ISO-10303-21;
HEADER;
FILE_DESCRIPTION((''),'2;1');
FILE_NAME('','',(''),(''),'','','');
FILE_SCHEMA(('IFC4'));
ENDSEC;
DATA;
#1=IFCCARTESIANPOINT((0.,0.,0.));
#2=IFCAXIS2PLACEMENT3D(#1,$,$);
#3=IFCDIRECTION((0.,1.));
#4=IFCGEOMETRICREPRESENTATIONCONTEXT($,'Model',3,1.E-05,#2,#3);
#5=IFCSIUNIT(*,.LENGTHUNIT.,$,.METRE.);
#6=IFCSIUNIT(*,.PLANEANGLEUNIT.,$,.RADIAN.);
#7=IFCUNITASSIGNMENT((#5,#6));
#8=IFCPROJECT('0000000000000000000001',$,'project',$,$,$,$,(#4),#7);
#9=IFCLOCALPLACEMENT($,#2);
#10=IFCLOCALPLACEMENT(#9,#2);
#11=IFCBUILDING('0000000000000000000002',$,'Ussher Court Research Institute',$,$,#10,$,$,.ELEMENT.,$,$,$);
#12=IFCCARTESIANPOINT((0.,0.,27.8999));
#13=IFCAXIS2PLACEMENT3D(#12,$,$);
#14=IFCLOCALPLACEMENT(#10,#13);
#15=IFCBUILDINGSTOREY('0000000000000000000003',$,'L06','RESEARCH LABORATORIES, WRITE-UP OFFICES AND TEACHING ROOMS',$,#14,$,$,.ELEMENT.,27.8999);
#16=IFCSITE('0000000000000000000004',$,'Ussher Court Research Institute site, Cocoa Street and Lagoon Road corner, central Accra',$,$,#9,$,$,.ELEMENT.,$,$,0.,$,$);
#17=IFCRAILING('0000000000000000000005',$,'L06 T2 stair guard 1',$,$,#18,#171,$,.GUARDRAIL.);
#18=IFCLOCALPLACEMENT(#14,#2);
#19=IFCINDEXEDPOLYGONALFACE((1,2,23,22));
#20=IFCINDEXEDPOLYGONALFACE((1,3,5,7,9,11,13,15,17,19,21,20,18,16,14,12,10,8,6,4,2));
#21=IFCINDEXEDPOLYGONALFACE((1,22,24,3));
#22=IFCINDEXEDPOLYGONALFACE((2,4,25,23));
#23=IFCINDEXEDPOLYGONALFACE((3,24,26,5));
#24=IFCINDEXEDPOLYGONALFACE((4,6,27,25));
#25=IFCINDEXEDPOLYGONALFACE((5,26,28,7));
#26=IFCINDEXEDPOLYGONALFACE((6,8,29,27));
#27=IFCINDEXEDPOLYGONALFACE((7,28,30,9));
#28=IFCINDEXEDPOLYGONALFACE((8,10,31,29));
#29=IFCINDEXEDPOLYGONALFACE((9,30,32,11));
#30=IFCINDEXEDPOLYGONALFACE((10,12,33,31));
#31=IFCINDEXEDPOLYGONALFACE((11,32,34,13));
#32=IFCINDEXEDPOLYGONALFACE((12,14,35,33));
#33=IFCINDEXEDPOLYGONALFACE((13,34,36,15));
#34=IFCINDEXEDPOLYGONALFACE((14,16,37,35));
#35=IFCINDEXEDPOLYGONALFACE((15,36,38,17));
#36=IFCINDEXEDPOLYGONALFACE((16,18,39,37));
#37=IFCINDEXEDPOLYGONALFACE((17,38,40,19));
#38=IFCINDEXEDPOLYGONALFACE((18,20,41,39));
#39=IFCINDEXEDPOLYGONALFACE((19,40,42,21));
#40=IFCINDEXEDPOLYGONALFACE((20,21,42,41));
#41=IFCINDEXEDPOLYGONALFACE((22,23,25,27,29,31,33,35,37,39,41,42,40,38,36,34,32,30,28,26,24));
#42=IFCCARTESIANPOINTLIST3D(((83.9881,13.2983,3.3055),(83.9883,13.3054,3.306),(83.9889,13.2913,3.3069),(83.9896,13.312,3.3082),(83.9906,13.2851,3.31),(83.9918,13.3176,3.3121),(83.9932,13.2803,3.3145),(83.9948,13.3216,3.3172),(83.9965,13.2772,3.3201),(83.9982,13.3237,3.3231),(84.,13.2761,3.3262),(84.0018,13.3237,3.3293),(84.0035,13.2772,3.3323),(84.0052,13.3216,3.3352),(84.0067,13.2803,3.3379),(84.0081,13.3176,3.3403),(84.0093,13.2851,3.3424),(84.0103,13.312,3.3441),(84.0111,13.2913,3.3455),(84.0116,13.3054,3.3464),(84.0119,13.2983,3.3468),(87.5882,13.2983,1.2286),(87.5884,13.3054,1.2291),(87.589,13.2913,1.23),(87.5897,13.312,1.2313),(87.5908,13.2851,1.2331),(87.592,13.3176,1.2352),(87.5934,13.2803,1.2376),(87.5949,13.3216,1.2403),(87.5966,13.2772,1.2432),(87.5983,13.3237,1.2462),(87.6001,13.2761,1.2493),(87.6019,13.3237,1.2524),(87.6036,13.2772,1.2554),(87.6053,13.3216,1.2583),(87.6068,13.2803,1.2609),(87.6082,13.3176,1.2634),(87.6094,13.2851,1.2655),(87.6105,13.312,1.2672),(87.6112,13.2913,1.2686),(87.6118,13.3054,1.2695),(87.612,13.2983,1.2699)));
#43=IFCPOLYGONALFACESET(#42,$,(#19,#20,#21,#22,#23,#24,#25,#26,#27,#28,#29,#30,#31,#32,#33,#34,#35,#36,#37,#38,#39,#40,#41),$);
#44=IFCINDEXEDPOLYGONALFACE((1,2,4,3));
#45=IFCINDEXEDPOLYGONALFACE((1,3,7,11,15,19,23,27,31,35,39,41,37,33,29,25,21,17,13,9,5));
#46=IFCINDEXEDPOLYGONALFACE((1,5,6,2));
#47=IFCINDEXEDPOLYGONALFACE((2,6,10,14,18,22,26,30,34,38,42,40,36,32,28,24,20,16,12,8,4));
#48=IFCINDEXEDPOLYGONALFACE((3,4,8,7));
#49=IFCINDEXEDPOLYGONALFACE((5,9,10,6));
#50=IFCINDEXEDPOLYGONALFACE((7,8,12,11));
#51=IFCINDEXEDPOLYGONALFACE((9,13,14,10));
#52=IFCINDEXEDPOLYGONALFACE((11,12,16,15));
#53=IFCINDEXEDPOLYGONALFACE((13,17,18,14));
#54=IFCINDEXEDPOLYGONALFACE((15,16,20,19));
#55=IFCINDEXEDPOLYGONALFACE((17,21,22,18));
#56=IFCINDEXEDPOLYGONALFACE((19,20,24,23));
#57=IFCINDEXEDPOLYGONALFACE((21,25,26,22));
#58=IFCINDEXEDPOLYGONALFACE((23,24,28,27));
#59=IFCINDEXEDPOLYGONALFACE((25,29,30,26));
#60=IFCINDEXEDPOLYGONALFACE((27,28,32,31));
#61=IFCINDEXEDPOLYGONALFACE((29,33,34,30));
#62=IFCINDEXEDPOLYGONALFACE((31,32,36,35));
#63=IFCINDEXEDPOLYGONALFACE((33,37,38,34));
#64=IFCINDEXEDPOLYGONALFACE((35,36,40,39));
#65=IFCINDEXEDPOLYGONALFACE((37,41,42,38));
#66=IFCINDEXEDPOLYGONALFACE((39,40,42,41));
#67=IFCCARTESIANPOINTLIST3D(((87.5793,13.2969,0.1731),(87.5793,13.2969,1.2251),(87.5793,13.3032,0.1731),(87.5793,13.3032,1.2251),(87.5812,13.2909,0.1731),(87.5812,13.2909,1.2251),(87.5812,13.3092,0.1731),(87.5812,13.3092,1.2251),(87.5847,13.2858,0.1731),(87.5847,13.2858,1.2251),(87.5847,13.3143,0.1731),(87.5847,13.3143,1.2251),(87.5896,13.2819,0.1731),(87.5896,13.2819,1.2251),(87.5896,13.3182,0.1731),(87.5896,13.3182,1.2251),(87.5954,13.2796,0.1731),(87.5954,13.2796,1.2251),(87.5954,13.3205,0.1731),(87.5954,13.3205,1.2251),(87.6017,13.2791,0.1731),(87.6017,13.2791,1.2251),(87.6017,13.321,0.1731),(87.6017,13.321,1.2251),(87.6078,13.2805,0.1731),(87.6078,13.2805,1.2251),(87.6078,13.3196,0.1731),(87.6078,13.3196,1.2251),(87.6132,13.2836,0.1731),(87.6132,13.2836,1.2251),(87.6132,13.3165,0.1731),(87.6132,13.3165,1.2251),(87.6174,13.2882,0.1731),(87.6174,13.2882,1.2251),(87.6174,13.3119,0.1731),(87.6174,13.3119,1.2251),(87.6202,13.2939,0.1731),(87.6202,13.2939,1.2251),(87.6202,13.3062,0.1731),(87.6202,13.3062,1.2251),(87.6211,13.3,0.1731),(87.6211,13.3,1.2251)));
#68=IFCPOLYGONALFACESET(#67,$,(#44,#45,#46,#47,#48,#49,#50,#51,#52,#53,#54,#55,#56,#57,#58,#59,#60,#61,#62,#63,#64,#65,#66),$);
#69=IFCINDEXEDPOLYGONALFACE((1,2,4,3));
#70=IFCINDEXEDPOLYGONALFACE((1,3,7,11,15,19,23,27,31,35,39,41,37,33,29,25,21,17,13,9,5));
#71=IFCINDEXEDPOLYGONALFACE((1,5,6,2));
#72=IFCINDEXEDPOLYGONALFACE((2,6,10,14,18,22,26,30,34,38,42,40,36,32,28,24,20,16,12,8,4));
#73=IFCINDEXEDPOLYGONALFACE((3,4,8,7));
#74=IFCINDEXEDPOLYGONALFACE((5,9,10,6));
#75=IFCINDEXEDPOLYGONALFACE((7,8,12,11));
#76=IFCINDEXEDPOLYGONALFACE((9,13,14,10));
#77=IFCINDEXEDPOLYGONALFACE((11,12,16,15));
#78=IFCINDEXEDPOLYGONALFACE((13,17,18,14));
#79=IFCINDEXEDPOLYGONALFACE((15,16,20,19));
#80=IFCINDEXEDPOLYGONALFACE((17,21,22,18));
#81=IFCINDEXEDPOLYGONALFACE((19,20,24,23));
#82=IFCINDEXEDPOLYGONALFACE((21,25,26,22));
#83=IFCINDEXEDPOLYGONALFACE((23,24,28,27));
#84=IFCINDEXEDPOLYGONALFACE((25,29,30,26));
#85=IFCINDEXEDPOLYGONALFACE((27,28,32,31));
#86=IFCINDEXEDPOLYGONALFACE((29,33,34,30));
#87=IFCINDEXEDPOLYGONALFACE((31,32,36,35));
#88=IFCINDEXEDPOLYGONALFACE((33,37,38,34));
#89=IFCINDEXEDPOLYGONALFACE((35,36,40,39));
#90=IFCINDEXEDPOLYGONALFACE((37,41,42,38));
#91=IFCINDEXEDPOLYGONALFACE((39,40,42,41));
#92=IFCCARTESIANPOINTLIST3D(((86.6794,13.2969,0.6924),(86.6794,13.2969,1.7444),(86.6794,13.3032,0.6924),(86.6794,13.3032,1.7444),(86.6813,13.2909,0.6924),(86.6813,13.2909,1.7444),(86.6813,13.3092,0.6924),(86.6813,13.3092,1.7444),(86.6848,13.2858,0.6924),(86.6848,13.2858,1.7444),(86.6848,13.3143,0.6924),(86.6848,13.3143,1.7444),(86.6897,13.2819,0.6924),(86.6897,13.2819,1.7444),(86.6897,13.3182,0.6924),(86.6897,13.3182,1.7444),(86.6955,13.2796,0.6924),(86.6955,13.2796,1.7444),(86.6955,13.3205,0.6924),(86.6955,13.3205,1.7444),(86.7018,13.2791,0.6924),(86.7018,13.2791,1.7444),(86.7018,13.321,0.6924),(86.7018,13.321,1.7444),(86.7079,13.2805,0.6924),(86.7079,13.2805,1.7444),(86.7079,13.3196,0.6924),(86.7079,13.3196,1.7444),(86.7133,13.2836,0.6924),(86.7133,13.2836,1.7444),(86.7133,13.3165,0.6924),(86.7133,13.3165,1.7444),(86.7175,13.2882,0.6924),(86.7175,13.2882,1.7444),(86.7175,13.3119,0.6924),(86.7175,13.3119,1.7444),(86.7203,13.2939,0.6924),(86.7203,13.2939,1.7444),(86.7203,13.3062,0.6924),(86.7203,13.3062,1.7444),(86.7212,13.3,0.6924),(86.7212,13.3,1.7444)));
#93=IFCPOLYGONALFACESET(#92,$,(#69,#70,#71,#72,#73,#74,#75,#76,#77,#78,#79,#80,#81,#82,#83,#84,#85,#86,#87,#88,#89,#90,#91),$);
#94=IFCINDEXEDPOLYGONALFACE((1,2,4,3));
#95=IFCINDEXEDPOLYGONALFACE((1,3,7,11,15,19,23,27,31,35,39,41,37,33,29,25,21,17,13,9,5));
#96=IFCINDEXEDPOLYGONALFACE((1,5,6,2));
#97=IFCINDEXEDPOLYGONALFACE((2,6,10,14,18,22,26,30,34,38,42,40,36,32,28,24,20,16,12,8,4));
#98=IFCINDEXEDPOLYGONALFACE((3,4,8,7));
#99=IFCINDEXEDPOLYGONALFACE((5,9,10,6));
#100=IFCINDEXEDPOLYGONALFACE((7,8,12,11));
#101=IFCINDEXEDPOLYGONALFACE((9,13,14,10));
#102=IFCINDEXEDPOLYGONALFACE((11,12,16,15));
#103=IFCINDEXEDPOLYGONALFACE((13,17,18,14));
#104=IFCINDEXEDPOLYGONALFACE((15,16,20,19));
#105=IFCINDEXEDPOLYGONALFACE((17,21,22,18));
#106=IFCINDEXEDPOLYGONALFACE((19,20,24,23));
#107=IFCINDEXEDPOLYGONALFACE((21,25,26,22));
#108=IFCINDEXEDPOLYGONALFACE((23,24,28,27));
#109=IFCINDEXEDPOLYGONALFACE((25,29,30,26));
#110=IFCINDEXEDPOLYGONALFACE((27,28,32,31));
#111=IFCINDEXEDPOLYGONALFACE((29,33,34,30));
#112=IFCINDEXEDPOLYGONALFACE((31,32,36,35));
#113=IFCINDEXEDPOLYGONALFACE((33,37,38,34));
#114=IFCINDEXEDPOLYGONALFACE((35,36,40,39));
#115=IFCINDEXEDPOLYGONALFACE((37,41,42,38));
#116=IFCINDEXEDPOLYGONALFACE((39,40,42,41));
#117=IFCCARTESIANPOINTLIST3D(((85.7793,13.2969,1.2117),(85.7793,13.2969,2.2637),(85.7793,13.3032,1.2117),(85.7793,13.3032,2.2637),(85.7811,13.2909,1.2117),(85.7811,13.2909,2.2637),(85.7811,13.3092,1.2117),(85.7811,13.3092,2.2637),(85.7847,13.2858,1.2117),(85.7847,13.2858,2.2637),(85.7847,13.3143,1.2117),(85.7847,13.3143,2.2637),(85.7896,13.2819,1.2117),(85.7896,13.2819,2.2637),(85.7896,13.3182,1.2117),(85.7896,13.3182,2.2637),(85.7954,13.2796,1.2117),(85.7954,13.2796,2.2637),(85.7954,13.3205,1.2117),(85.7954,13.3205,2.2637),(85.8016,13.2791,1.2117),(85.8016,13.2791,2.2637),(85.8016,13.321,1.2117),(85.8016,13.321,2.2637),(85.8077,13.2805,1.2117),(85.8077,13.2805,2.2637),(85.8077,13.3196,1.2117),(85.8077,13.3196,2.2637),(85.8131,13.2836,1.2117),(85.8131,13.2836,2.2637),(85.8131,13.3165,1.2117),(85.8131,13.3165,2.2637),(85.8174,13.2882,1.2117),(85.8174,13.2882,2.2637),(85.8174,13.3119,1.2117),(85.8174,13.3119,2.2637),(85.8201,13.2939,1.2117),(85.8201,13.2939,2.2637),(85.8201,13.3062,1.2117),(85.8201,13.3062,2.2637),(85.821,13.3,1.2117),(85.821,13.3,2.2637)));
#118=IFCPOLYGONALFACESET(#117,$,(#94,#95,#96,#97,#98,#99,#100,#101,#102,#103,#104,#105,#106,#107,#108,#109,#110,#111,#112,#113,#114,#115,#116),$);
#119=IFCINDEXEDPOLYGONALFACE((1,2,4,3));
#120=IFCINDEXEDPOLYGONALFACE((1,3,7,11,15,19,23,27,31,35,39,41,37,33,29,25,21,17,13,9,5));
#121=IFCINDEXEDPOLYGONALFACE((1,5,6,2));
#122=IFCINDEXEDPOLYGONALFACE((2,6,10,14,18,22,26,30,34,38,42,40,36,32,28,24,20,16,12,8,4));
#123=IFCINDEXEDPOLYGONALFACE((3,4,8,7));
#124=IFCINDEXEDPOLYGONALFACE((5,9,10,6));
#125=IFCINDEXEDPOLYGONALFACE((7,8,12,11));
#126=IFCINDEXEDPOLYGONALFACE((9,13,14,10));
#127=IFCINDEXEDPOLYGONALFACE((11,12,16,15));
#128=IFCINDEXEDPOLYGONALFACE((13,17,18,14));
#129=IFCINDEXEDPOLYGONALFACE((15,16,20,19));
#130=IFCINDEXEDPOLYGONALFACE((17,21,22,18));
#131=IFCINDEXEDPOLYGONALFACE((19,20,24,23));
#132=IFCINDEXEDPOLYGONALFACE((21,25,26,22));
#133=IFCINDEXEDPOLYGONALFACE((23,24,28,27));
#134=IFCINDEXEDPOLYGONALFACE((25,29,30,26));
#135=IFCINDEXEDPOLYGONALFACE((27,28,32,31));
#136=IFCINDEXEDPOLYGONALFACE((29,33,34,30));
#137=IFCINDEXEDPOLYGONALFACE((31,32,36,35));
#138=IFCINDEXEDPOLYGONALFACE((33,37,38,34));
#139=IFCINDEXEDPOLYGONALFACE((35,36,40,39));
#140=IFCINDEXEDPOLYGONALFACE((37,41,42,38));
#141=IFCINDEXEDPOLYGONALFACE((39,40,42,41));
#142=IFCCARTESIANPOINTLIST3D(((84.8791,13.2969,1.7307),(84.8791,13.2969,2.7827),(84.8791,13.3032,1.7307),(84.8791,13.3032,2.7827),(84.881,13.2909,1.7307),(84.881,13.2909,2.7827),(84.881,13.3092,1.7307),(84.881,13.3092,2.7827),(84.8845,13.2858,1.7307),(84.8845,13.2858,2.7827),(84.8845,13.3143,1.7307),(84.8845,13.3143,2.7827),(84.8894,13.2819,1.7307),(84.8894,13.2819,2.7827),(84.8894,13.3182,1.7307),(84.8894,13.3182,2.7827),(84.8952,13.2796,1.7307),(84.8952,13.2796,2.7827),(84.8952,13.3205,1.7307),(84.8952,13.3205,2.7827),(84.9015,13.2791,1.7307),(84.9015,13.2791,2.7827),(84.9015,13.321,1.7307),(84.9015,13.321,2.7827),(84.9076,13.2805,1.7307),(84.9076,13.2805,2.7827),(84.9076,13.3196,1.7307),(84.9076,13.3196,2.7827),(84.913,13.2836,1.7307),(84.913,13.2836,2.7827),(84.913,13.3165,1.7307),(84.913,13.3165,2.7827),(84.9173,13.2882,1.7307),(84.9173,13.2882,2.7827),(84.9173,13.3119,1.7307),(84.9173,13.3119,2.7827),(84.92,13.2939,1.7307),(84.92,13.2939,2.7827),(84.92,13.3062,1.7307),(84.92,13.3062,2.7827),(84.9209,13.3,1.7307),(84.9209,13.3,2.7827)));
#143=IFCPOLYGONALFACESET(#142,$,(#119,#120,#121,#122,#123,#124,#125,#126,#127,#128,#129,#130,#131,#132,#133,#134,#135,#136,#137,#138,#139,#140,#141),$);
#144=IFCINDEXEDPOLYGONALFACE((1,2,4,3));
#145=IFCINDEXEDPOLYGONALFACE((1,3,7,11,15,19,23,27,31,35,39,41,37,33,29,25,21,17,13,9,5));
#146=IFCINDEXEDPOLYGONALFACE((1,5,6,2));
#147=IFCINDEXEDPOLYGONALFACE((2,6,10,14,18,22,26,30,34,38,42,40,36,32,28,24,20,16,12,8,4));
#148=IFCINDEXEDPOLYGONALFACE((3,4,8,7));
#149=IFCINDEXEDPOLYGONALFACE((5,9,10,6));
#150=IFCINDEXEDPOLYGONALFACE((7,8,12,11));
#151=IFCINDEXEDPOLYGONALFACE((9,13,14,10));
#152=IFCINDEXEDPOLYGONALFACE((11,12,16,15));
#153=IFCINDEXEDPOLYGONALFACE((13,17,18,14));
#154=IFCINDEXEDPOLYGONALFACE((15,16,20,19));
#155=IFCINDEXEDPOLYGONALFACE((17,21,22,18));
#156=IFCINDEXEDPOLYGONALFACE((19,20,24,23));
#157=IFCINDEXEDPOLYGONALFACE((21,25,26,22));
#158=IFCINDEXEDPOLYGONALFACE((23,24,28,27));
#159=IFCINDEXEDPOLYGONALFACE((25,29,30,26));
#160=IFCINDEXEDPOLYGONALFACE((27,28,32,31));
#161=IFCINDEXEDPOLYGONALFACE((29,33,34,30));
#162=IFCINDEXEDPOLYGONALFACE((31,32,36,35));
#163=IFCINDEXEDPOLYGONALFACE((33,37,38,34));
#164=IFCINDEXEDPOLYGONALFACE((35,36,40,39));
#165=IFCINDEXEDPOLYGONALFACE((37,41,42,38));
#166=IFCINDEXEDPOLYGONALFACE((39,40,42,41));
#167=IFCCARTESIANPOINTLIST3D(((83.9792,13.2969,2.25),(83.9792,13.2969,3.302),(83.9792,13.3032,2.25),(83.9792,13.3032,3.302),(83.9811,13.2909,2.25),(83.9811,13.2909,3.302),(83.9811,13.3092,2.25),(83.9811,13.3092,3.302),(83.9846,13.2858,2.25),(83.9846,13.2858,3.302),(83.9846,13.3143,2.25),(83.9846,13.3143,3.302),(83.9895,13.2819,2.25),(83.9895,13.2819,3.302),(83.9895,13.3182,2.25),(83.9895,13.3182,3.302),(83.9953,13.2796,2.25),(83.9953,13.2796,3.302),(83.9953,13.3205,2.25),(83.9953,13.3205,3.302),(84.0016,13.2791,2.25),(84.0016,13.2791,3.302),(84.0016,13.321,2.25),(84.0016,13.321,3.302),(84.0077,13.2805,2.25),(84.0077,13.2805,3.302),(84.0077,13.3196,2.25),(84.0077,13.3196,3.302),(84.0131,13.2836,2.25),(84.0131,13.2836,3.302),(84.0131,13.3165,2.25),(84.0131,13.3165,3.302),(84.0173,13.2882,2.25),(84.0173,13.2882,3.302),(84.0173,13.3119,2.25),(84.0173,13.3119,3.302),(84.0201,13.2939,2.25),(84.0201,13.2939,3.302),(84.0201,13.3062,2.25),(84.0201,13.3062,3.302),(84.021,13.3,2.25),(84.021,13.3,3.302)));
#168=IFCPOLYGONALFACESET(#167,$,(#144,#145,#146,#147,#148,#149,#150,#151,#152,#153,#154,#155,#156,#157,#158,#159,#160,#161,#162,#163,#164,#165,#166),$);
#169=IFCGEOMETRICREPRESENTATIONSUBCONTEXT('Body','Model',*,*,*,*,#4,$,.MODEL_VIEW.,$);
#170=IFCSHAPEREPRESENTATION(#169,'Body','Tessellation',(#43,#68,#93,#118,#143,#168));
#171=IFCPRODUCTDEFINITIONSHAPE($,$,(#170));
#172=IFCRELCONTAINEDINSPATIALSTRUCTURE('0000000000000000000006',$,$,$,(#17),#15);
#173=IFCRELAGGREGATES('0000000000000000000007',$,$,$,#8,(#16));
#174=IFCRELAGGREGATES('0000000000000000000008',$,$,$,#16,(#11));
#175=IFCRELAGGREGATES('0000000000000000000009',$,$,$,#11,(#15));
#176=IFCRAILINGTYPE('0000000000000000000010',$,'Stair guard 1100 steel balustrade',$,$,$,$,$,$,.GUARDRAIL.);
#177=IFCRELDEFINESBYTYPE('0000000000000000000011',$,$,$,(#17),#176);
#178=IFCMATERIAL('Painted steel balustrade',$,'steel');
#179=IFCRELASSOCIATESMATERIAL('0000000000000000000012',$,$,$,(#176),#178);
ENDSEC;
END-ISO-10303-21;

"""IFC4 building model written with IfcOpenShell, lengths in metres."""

from ifc_helpers import new_model, si_unit, direction, frame, origin, origin_2d, place, context, subcontext, project, spatial, circle, extrude, material, type_object, element, save


model = new_model("IFC4")

# Units and contexts
model_context = context("Model", 3, precision=1e-05, world=origin(), true_north=direction((0.0, 1.0)))
body_context = subcontext(model_context, "Body", "Model", "MODEL_VIEW")
ifc_project = project(units=[si_unit("LENGTHUNIT", "METRE"), si_unit("PLANEANGLEUNIT", "RADIAN")], contexts=[model_context])

# Site, building, storey
site_placement = place(None, origin())
site = spatial("IfcSite", under=ifc_project, at=site_placement, Name="Ussher Court Research Institute site, Cocoa Street and Lagoon Road corner, central Accra", CompositionType="ELEMENT", RefElevation=0.0)
building_placement = place(site_placement, origin())
building = spatial("IfcBuilding", under=site, at=building_placement, Name="Ussher Court Research Institute", CompositionType="ELEMENT")
storey_placement = place(building_placement, frame((0.0, 0.0, 27.8999)))
storey = spatial("IfcBuildingStorey", under=building, at=storey_placement, Name="L06", Description="RESEARCH LABORATORIES, WRITE-UP OFFICES AND TEACHING ROOMS", CompositionType="ELEMENT", Elevation=27.8999)

# Railing
ifc_material_1 = material(Name="Painted steel balustrade", Category="steel")
railing_type_1 = type_object("IfcRailingType", Name="Stair guard 1100 steel balustrade", PredefinedType="GUARDRAIL", material=ifc_material_1)
railing_1_placement = place(storey_placement, frame((87.6001, 13.3, 0.1731)))
element("IfcRailing", 1, at=railing_1_placement, inside=storey, type_object=railing_type_1, Name="L06 T2 stair guard 1", PredefinedType="GUARDRAIL", context=body_context, shape_type="SweptSolid", body=[
    extrude(circle(Radius=0.0239, at=origin_2d()), frame((0.0, 0.0, 1.0762), z_axis=(-0.866193, 0.0, 0.499709), x_axis=(0.0, -1.0, 0.0)), (0.0, 0.0, 1.0), 4.1562),
    extrude(circle(Radius=0.021, at=origin_2d()), origin(), (0.0, 0.0, 1.0), 1.052),
    extrude(circle(Radius=0.021, at=origin_2d()), frame((-0.8999, 0.0, 0.5193)), (0.0, 0.0, 1.0), 1.052),
    extrude(circle(Radius=0.021, at=origin_2d()), frame((-1.8, 0.0, 1.0386)), (0.0, 0.0, 1.0), 1.052),
    extrude(circle(Radius=0.021, at=origin_2d()), frame((-2.7002, 0.0, 1.5576)), (0.0, 0.0, 1.0), 1.052),
    extrude(circle(Radius=0.021, at=origin_2d()), frame((-3.6001, 0.0, 2.0769)), (0.0, 0.0, 1.0), 1.052),
])

save(model, "model.ifc")
